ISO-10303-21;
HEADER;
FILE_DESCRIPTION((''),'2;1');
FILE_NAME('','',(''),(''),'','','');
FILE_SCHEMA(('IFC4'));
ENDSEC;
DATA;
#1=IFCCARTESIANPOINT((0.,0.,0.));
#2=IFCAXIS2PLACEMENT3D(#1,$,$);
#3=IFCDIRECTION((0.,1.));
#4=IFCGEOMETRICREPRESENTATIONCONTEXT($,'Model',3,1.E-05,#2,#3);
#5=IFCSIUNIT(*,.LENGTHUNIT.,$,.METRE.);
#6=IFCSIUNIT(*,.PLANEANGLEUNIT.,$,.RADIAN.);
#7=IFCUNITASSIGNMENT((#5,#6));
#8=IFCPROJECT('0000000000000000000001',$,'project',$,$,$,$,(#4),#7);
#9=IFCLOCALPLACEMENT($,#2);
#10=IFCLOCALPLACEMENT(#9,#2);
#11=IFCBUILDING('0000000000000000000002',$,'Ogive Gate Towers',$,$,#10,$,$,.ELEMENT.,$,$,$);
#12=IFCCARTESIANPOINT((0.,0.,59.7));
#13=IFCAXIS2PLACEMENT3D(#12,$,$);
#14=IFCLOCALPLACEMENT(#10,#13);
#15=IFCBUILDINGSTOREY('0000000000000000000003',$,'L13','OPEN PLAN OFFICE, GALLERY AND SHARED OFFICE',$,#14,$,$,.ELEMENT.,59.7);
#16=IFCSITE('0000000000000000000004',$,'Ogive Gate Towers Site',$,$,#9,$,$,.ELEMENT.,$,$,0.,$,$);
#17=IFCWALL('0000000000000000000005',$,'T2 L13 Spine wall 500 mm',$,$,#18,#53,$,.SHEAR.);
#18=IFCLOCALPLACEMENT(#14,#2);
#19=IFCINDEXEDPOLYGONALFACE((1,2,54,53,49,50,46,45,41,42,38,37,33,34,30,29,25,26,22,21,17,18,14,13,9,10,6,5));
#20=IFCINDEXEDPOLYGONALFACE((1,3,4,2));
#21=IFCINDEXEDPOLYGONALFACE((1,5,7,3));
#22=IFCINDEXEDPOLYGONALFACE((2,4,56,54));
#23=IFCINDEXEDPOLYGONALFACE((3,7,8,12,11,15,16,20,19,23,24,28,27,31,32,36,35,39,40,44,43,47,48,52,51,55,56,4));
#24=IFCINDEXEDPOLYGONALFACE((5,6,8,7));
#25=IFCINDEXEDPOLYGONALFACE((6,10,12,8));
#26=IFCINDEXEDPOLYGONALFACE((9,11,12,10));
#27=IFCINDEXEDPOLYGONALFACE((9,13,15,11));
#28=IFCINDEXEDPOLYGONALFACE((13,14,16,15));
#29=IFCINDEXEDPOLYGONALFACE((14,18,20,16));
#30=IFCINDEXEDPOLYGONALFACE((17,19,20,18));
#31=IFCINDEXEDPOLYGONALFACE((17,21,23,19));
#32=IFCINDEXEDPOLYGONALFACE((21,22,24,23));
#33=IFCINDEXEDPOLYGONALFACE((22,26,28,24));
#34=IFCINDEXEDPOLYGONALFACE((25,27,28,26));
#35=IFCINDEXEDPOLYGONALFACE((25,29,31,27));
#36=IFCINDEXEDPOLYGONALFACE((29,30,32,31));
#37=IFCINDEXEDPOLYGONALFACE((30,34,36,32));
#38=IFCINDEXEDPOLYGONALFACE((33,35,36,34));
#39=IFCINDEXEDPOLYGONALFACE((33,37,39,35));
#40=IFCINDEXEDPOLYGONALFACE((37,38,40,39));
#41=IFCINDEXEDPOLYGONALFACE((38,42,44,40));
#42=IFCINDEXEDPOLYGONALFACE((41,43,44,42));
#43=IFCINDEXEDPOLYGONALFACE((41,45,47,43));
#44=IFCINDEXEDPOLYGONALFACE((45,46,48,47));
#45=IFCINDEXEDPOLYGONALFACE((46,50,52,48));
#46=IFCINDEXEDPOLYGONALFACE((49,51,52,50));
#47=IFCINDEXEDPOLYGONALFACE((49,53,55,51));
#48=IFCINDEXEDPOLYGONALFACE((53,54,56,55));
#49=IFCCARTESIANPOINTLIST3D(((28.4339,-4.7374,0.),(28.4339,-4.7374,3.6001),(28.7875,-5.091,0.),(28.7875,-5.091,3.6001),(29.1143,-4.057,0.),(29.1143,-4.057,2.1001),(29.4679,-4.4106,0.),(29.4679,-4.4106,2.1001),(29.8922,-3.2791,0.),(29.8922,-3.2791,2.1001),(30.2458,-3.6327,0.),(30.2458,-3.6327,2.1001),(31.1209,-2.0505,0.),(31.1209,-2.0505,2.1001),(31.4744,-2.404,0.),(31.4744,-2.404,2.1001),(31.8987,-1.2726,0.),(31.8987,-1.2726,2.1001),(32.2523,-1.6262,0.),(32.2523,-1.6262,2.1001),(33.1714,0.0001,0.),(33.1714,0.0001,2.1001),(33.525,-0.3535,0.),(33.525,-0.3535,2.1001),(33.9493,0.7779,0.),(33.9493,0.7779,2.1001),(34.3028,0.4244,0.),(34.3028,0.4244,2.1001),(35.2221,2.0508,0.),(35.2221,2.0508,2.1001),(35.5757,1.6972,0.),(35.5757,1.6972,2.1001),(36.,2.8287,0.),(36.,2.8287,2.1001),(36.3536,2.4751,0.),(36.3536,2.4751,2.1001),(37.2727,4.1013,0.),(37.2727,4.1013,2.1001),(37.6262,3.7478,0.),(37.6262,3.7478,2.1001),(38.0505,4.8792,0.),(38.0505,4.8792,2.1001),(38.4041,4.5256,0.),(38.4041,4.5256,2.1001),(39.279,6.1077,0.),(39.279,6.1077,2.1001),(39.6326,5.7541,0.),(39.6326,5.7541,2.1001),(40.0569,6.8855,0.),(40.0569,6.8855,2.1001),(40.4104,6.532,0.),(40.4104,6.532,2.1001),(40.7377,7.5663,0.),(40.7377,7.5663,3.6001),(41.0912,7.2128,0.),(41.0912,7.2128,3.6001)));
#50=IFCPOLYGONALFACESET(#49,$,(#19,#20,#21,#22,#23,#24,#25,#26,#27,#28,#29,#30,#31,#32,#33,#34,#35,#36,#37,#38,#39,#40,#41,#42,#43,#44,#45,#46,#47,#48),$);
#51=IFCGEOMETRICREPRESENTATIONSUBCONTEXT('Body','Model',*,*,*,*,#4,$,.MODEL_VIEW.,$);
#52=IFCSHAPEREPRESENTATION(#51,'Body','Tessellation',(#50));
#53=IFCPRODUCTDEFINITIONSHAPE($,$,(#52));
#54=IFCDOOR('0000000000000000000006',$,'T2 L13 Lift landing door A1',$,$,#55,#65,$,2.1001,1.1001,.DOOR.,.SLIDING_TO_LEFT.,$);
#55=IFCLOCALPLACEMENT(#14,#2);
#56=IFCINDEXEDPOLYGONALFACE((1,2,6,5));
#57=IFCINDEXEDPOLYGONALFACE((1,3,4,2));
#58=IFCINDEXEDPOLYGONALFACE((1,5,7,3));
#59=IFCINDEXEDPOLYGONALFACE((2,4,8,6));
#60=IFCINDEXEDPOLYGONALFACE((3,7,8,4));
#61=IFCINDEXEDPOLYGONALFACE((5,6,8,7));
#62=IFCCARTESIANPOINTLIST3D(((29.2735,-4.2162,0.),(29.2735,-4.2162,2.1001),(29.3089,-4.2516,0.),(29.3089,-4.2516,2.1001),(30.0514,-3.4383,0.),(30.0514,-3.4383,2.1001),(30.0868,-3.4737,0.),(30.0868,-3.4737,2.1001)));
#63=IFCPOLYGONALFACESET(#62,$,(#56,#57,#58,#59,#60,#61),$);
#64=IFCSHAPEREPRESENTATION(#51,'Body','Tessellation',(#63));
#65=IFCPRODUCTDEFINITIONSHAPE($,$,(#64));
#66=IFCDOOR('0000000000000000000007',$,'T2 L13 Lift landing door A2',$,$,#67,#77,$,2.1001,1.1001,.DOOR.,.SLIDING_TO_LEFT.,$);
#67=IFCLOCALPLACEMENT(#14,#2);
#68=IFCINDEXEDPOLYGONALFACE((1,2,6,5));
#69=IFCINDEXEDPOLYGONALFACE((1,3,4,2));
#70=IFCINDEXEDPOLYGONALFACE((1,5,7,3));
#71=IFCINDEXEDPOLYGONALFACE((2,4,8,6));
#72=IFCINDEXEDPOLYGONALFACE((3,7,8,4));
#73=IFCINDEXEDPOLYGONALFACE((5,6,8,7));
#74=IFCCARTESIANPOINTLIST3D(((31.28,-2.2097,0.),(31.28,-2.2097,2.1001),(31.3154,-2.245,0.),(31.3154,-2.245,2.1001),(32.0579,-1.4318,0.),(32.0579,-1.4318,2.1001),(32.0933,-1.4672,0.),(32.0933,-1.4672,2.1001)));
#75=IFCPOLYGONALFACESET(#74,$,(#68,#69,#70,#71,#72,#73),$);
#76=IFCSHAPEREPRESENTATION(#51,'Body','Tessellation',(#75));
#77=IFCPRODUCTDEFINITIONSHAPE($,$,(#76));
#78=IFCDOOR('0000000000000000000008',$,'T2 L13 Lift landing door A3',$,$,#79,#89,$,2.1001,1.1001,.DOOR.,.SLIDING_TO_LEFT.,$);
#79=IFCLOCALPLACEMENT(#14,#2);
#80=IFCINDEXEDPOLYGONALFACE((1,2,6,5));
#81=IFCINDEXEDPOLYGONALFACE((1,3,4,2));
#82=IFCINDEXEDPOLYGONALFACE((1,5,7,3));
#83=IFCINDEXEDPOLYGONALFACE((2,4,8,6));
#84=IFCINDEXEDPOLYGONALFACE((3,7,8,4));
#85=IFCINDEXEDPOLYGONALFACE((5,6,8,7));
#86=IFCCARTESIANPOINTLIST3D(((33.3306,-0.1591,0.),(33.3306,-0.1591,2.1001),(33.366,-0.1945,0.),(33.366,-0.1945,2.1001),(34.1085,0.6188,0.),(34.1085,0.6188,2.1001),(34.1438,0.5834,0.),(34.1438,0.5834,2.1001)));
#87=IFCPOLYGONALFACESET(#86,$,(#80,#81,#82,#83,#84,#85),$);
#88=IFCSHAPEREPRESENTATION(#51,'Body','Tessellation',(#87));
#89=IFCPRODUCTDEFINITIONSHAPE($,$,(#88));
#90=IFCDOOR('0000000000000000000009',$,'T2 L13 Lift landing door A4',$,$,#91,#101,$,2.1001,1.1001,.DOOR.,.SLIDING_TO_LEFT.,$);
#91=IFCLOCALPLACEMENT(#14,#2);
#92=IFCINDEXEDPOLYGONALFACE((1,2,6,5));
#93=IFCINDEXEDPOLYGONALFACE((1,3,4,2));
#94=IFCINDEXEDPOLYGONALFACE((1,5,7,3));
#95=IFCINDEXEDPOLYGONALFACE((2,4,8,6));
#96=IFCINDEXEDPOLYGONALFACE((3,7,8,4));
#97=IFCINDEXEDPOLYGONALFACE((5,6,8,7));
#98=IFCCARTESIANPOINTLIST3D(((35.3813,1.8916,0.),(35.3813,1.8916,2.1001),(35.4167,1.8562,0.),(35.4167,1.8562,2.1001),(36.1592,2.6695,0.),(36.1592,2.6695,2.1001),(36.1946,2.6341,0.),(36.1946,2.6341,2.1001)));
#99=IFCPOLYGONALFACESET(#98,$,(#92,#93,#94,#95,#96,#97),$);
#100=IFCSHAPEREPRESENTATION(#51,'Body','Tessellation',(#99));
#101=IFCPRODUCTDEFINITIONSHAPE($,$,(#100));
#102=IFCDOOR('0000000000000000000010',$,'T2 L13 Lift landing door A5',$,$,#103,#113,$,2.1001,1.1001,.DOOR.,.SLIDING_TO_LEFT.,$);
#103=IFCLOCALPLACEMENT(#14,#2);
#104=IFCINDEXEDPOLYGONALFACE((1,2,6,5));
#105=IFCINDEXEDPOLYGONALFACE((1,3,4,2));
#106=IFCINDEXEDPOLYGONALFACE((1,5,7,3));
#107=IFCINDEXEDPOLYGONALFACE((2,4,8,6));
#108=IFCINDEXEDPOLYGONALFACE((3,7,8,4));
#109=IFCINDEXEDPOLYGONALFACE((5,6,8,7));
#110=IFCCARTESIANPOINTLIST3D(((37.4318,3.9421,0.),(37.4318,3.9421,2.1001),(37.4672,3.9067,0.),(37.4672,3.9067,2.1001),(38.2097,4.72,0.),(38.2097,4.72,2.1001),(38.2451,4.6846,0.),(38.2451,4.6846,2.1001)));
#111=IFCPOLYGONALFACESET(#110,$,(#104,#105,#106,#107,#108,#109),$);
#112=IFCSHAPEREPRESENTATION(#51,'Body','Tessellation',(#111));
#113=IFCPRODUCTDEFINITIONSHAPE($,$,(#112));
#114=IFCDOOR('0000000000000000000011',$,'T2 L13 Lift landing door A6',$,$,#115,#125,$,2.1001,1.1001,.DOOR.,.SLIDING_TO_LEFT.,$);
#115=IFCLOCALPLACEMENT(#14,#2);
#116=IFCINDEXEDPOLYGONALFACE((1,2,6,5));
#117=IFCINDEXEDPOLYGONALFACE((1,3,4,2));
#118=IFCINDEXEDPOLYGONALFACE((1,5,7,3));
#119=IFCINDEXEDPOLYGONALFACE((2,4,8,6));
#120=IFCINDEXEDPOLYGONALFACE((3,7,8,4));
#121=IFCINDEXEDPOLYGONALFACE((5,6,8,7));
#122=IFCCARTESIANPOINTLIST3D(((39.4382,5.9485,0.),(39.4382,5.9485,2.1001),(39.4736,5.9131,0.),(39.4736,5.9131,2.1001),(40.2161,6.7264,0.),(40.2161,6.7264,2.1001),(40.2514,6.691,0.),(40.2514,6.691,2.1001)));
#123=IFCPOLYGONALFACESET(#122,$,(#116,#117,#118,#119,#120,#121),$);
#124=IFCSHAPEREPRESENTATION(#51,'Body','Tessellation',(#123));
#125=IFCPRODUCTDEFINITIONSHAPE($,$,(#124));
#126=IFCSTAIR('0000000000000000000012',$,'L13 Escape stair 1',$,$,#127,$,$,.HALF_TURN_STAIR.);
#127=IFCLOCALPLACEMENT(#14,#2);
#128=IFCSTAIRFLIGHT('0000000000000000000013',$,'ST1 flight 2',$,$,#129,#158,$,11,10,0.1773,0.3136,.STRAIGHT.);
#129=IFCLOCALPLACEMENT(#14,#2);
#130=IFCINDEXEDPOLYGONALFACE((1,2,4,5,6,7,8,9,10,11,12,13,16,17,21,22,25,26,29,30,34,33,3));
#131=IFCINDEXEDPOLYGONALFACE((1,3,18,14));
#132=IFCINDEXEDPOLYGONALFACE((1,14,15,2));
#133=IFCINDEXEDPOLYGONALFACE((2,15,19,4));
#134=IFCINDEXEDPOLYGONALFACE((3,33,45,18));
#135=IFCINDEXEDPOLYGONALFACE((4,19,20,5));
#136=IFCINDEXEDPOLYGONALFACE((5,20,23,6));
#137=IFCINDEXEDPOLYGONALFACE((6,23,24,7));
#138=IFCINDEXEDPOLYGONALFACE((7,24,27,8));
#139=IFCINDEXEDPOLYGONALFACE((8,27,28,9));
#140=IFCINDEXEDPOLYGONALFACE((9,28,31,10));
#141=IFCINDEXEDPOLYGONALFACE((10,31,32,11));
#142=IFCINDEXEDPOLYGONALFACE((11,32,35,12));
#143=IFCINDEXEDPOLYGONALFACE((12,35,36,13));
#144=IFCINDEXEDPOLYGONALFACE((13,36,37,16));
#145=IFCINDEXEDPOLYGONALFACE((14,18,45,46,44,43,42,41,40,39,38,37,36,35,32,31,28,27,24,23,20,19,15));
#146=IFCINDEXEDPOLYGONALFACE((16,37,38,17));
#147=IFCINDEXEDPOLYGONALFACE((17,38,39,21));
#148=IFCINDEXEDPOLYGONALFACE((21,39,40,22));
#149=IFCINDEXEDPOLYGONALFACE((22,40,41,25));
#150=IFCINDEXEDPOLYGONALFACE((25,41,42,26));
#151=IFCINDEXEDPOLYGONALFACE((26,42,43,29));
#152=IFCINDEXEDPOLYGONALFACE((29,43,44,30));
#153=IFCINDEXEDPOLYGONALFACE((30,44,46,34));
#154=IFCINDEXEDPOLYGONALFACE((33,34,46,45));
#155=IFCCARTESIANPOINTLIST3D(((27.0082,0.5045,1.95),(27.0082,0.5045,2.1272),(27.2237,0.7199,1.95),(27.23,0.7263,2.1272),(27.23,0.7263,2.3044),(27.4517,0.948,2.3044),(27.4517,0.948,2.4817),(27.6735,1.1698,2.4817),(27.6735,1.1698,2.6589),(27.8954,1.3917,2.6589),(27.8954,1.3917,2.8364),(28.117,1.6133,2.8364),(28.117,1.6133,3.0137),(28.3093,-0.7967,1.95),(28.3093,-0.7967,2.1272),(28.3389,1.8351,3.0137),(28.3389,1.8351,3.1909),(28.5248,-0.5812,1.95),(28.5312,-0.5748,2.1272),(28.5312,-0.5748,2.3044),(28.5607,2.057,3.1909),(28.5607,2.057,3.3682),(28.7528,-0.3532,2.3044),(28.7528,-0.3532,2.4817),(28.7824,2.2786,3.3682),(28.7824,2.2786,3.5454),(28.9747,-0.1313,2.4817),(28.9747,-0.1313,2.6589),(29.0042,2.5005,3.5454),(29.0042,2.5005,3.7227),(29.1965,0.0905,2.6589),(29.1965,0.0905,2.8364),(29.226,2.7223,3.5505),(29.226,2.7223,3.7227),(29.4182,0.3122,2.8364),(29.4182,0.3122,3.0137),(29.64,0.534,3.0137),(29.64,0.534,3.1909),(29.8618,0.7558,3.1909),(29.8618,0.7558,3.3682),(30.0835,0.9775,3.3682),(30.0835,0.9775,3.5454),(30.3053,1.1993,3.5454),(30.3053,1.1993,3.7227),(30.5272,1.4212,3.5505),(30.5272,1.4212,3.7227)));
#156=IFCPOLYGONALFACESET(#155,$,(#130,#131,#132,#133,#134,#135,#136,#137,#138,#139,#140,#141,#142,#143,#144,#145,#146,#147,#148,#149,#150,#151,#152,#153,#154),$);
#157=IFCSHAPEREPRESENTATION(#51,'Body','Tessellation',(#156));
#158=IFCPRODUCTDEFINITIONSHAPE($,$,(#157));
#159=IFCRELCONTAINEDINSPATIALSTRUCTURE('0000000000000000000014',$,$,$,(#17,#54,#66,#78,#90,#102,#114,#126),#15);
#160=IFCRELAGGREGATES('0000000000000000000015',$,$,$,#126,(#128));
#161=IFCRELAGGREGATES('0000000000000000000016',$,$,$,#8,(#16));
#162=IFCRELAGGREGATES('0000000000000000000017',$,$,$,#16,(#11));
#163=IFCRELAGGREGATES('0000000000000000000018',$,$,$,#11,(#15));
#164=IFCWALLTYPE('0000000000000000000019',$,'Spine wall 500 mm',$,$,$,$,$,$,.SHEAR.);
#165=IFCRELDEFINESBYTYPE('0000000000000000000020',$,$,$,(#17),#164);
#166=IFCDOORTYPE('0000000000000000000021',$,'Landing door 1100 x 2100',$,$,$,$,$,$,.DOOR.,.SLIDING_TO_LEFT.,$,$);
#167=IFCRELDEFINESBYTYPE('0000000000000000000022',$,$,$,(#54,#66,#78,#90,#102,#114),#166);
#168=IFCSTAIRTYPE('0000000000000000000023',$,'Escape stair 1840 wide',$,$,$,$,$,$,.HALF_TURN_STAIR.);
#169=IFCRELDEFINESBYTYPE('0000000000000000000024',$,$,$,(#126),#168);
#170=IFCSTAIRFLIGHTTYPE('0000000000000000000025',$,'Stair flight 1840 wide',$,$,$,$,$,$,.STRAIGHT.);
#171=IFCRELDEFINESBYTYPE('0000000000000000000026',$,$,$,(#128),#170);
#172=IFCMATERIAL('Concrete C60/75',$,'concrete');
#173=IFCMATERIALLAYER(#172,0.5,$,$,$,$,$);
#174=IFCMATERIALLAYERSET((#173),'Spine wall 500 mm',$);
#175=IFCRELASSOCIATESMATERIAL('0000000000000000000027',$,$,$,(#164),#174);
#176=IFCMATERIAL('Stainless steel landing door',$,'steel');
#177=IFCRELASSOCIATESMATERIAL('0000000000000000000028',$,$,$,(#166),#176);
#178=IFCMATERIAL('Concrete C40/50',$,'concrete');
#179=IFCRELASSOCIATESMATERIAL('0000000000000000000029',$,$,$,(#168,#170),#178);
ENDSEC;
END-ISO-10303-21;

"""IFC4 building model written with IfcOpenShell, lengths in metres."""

from ifc_helpers import new_model, si_unit, direction, frame, frame_2d, origin, place, context, subcontext, project, spatial, polyline, rectangle, outline, extrude, material, layer, layer_set, type_object, element, fill, aggregate, save


model = new_model("IFC4")

# Units and contexts
model_context = context("Model", 3, precision=1e-05, world=origin(), true_north=direction((0.0, 1.0)))
body_context = subcontext(model_context, "Body", "Model", "MODEL_VIEW")
ifc_project = project(units=[si_unit("LENGTHUNIT", "METRE"), si_unit("PLANEANGLEUNIT", "RADIAN")], contexts=[model_context])

# Site, building, storey
site_placement = place(None, origin())
site = spatial("IfcSite", under=ifc_project, at=site_placement, Name="Ogive Gate Towers Site", CompositionType="ELEMENT", RefElevation=0.0)
building_placement = place(site_placement, origin())
building = spatial("IfcBuilding", under=site, at=building_placement, Name="Ogive Gate Towers", CompositionType="ELEMENT")
storey_placement = place(building_placement, frame((0.0, 0.0, 59.7)))
storey = spatial("IfcBuildingStorey", under=building, at=storey_placement, Name="L13", Description="OPEN PLAN OFFICE, GALLERY AND SHARED OFFICE", CompositionType="ELEMENT", Elevation=59.7)

# Shared definitions
ifc_material_1 = material(Name="Concrete C60/75", Category="concrete")

# Wall, openings, doors
ifc_layer_1 = layer(ifc_material_1, 0.5)
ifc_layer_set_1 = layer_set([ifc_layer_1], Name="Spine wall 500 mm")
wall_type_1 = type_object("IfcWallType", Name="Spine wall 500 mm", PredefinedType="SHEAR", material=ifc_layer_set_1)
ifc_material_2 = material(Name="Stainless steel landing door", Category="steel")
wall_1_placement = place(storey_placement, frame((28.6106, -4.9143, 0.0), z_axis=(0.0, 0.0, 1.0), x_axis=(0.707107, 0.707107, 0.0)))
wall_1 = element("IfcWall", 1, at=wall_1_placement, inside=storey, type_object=wall_type_1, Name="T2 L13 Spine wall 500 mm", PredefinedType="SHEAR", context=body_context, shape_type="SweptSolid", body=[
    extrude(rectangle(XDim=17.4001, YDim=0.5, at=frame_2d((8.7002, 0.0))), origin(), (0.0, 0.0, 1.0), 3.6001),
])
opening_1_placement = place(wall_1_placement, frame((0.9624, 0.0, 0.0)))
opening_1 = element("IfcOpeningElement", 2, at=opening_1_placement, cuts=wall_1, PredefinedType="OPENING", context=body_context, shape_type="SweptSolid", body=[
    extrude(rectangle(XDim=1.1001, YDim=2.1001, at=frame_2d((0.55, 1.05))), frame((0.0, 0.26, 0.0), z_axis=(0.0, -1.0, 0.0), x_axis=(1.0, 0.0, 0.0)), (0.0, 0.0, 1.0), 0.52),
])
opening_2_placement = place(wall_1_placement, frame((3.8, 0.0, 0.0)))
opening_2 = element("IfcOpeningElement", 3, at=opening_2_placement, cuts=wall_1, PredefinedType="OPENING", context=body_context, shape_type="SweptSolid", body=[
    extrude(rectangle(XDim=1.1001, YDim=2.1001, at=frame_2d((0.55, 1.05))), frame((0.0, 0.26, 0.0), z_axis=(0.0, -1.0, 0.0), x_axis=(1.0, 0.0, 0.0)), (0.0, 0.0, 1.0), 0.52),
])
opening_3_placement = place(wall_1_placement, frame((6.7, 0.0, 0.0)))
opening_3 = element("IfcOpeningElement", 4, at=opening_3_placement, cuts=wall_1, PredefinedType="OPENING", context=body_context, shape_type="SweptSolid", body=[
    extrude(rectangle(XDim=1.1001, YDim=2.1001, at=frame_2d((0.55, 1.05))), frame((0.0, 0.26, 0.0), z_axis=(0.0, -1.0, 0.0), x_axis=(1.0, 0.0, 0.0)), (0.0, 0.0, 1.0), 0.52),
])
opening_4_placement = place(wall_1_placement, frame((9.6001, 0.0, 0.0)))
opening_4 = element("IfcOpeningElement", 5, at=opening_4_placement, cuts=wall_1, PredefinedType="OPENING", context=body_context, shape_type="SweptSolid", body=[
    extrude(rectangle(XDim=1.1001, YDim=2.1001, at=frame_2d((0.55, 1.05))), frame((0.0, 0.26, 0.0), z_axis=(0.0, -1.0, 0.0), x_axis=(1.0, 0.0, 0.0)), (0.0, 0.0, 1.0), 0.52),
])
opening_5_placement = place(wall_1_placement, frame((12.5, 0.0, 0.0)))
opening_5 = element("IfcOpeningElement", 6, at=opening_5_placement, cuts=wall_1, PredefinedType="OPENING", context=body_context, shape_type="SweptSolid", body=[
    extrude(rectangle(XDim=1.1001, YDim=2.1001, at=frame_2d((0.55, 1.05))), frame((0.0, 0.26, 0.0), z_axis=(0.0, -1.0, 0.0), x_axis=(1.0, 0.0, 0.0)), (0.0, 0.0, 1.0), 0.52),
])
opening_6_placement = place(wall_1_placement, frame((15.3374, 0.0, 0.0)))
opening_6 = element("IfcOpeningElement", 7, at=opening_6_placement, cuts=wall_1, PredefinedType="OPENING", context=body_context, shape_type="SweptSolid", body=[
    extrude(rectangle(XDim=1.1001, YDim=2.1001, at=frame_2d((0.55, 1.05))), frame((0.0, 0.26, 0.0), z_axis=(0.0, -1.0, 0.0), x_axis=(1.0, 0.0, 0.0)), (0.0, 0.0, 1.0), 0.52),
])
door_type_1 = type_object("IfcDoorType", Name="Landing door 1100 x 2100", OperationType="SLIDING_TO_LEFT", PredefinedType="DOOR", material=ifc_material_2)
door_1_placement = place(opening_1_placement, origin())
door_1 = element("IfcDoor", 8, at=door_1_placement, inside=storey, type_object=door_type_1, Name="T2 L13 Lift landing door A1", OperationType="SLIDING_TO_LEFT", OverallHeight=2.1001, OverallWidth=1.1001, PredefinedType="DOOR", context=body_context, shape_type="SweptSolid", body=[
    extrude(rectangle(XDim=1.1001, YDim=2.1001, at=frame_2d((0.55, 1.05))), frame((0.0, 0.0249, 0.0), z_axis=(0.0, -1.0, 0.0), x_axis=(1.0, 0.0, 0.0)), (0.0, 0.0, 1.0), 0.05),
])
fill(opening_1, door_1)
door_2_placement = place(opening_2_placement, origin())
door_2 = element("IfcDoor", 9, at=door_2_placement, inside=storey, type_object=door_type_1, Name="T2 L13 Lift landing door A2", OperationType="SLIDING_TO_LEFT", OverallHeight=2.1001, OverallWidth=1.1001, PredefinedType="DOOR", context=body_context, shape_type="SweptSolid", body=[
    extrude(rectangle(XDim=1.1001, YDim=2.1001, at=frame_2d((0.55, 1.05))), frame((0.0, 0.0249, 0.0), z_axis=(0.0, -1.0, 0.0), x_axis=(1.0, 0.0, 0.0)), (0.0, 0.0, 1.0), 0.05),
])
fill(opening_2, door_2)
door_3_placement = place(opening_3_placement, origin())
door_3 = element("IfcDoor", 10, at=door_3_placement, inside=storey, type_object=door_type_1, Name="T2 L13 Lift landing door A3", OperationType="SLIDING_TO_LEFT", OverallHeight=2.1001, OverallWidth=1.1001, PredefinedType="DOOR", context=body_context, shape_type="SweptSolid", body=[
    extrude(rectangle(XDim=1.1001, YDim=2.1001, at=frame_2d((0.55, 1.05))), frame((0.0, 0.0249, 0.0), z_axis=(0.0, -1.0, 0.0), x_axis=(1.0, 0.0, 0.0)), (0.0, 0.0, 1.0), 0.05),
])
fill(opening_3, door_3)
door_4_placement = place(opening_4_placement, origin())
door_4 = element("IfcDoor", 11, at=door_4_placement, inside=storey, type_object=door_type_1, Name="T2 L13 Lift landing door A4", OperationType="SLIDING_TO_LEFT", OverallHeight=2.1001, OverallWidth=1.1001, PredefinedType="DOOR", context=body_context, shape_type="SweptSolid", body=[
    extrude(rectangle(XDim=1.1001, YDim=2.1001, at=frame_2d((0.55, 1.05))), frame((0.0, 0.0249, 0.0), z_axis=(0.0, -1.0, 0.0), x_axis=(1.0, 0.0, 0.0)), (0.0, 0.0, 1.0), 0.05),
])
fill(opening_4, door_4)
door_5_placement = place(opening_5_placement, origin())
door_5 = element("IfcDoor", 12, at=door_5_placement, inside=storey, type_object=door_type_1, Name="T2 L13 Lift landing door A5", OperationType="SLIDING_TO_LEFT", OverallHeight=2.1001, OverallWidth=1.1001, PredefinedType="DOOR", context=body_context, shape_type="SweptSolid", body=[
    extrude(rectangle(XDim=1.1001, YDim=2.1001, at=frame_2d((0.55, 1.05))), frame((0.0, 0.0249, 0.0), z_axis=(0.0, -1.0, 0.0), x_axis=(1.0, 0.0, 0.0)), (0.0, 0.0, 1.0), 0.05),
])
fill(opening_5, door_5)
door_6_placement = place(opening_6_placement, origin())
door_6 = element("IfcDoor", 13, at=door_6_placement, inside=storey, type_object=door_type_1, Name="T2 L13 Lift landing door A6", OperationType="SLIDING_TO_LEFT", OverallHeight=2.1001, OverallWidth=1.1001, PredefinedType="DOOR", context=body_context, shape_type="SweptSolid", body=[
    extrude(rectangle(XDim=1.1001, YDim=2.1001, at=frame_2d((0.55, 1.05))), frame((0.0, 0.0249, 0.0), z_axis=(0.0, -1.0, 0.0), x_axis=(1.0, 0.0, 0.0)), (0.0, 0.0, 1.0), 0.05),
])
fill(opening_6, door_6)

# Stair, stair flight
ifc_material_3 = material(Name="Concrete C40/50", Category="concrete")
stair_type = type_object("IfcStairType", Name="Escape stair 1840 wide", PredefinedType="HALF_TURN_STAIR", material=ifc_material_3)
stair_placement = place(storey_placement, origin())
stair = element("IfcStair", 14, at=stair_placement, inside=storey, type_object=stair_type, Name="L13 Escape stair 1", PredefinedType="HALF_TURN_STAIR")
stair_flight_type = type_object("IfcStairFlightType", Name="Stair flight 1840 wide", PredefinedType="STRAIGHT", material=ifc_material_3)
stair_flight_placement = place(storey_placement, frame((27.6587, -0.146, 1.95), z_axis=(0.0, 0.0, 1.0), x_axis=(0.707107, 0.707107, 0.0)))
stair_flight = element("IfcStairFlight", 15, at=stair_flight_placement, type_object=stair_flight_type, Name="ST1 flight 2", NumberOfRisers=11, NumberOfTreads=10, PredefinedType="STRAIGHT", RiserHeight=0.1773, TreadLength=0.3136, context=body_context, shape_type="SweptSolid", body=[
    extrude(outline(polyline([(0.0, 0.0), (0.0, 0.1772), (0.3137, 0.1772), (0.3137, 0.3545), (0.6272, 0.3545), (0.6272, 0.5317), (0.9409, 0.5317), (0.9409, 0.709), (1.2546, 0.709), (1.2546, 0.8865), (1.5681, 0.8865), (1.5681, 1.0637), (1.8818, 1.0637), (1.8818, 1.241), (2.1956, 1.241), (2.1956, 1.4182), (2.509, 1.4182), (2.509, 1.5955), (2.8228, 1.5955), (2.8228, 1.7727), (3.1365, 1.7727), (3.1365, 1.95), (3.1365, 1.6006), (0.3047, 0.0), (0.0, 0.0)])), frame((0.0, 0.9199, 0.0), z_axis=(0.0, -1.0, 0.0), x_axis=(1.0, 0.0, 0.0)), (0.0, 0.0, 1.0), 1.8401),
])
aggregate(stair, [stair_flight])

save(model, "model.ifc")
